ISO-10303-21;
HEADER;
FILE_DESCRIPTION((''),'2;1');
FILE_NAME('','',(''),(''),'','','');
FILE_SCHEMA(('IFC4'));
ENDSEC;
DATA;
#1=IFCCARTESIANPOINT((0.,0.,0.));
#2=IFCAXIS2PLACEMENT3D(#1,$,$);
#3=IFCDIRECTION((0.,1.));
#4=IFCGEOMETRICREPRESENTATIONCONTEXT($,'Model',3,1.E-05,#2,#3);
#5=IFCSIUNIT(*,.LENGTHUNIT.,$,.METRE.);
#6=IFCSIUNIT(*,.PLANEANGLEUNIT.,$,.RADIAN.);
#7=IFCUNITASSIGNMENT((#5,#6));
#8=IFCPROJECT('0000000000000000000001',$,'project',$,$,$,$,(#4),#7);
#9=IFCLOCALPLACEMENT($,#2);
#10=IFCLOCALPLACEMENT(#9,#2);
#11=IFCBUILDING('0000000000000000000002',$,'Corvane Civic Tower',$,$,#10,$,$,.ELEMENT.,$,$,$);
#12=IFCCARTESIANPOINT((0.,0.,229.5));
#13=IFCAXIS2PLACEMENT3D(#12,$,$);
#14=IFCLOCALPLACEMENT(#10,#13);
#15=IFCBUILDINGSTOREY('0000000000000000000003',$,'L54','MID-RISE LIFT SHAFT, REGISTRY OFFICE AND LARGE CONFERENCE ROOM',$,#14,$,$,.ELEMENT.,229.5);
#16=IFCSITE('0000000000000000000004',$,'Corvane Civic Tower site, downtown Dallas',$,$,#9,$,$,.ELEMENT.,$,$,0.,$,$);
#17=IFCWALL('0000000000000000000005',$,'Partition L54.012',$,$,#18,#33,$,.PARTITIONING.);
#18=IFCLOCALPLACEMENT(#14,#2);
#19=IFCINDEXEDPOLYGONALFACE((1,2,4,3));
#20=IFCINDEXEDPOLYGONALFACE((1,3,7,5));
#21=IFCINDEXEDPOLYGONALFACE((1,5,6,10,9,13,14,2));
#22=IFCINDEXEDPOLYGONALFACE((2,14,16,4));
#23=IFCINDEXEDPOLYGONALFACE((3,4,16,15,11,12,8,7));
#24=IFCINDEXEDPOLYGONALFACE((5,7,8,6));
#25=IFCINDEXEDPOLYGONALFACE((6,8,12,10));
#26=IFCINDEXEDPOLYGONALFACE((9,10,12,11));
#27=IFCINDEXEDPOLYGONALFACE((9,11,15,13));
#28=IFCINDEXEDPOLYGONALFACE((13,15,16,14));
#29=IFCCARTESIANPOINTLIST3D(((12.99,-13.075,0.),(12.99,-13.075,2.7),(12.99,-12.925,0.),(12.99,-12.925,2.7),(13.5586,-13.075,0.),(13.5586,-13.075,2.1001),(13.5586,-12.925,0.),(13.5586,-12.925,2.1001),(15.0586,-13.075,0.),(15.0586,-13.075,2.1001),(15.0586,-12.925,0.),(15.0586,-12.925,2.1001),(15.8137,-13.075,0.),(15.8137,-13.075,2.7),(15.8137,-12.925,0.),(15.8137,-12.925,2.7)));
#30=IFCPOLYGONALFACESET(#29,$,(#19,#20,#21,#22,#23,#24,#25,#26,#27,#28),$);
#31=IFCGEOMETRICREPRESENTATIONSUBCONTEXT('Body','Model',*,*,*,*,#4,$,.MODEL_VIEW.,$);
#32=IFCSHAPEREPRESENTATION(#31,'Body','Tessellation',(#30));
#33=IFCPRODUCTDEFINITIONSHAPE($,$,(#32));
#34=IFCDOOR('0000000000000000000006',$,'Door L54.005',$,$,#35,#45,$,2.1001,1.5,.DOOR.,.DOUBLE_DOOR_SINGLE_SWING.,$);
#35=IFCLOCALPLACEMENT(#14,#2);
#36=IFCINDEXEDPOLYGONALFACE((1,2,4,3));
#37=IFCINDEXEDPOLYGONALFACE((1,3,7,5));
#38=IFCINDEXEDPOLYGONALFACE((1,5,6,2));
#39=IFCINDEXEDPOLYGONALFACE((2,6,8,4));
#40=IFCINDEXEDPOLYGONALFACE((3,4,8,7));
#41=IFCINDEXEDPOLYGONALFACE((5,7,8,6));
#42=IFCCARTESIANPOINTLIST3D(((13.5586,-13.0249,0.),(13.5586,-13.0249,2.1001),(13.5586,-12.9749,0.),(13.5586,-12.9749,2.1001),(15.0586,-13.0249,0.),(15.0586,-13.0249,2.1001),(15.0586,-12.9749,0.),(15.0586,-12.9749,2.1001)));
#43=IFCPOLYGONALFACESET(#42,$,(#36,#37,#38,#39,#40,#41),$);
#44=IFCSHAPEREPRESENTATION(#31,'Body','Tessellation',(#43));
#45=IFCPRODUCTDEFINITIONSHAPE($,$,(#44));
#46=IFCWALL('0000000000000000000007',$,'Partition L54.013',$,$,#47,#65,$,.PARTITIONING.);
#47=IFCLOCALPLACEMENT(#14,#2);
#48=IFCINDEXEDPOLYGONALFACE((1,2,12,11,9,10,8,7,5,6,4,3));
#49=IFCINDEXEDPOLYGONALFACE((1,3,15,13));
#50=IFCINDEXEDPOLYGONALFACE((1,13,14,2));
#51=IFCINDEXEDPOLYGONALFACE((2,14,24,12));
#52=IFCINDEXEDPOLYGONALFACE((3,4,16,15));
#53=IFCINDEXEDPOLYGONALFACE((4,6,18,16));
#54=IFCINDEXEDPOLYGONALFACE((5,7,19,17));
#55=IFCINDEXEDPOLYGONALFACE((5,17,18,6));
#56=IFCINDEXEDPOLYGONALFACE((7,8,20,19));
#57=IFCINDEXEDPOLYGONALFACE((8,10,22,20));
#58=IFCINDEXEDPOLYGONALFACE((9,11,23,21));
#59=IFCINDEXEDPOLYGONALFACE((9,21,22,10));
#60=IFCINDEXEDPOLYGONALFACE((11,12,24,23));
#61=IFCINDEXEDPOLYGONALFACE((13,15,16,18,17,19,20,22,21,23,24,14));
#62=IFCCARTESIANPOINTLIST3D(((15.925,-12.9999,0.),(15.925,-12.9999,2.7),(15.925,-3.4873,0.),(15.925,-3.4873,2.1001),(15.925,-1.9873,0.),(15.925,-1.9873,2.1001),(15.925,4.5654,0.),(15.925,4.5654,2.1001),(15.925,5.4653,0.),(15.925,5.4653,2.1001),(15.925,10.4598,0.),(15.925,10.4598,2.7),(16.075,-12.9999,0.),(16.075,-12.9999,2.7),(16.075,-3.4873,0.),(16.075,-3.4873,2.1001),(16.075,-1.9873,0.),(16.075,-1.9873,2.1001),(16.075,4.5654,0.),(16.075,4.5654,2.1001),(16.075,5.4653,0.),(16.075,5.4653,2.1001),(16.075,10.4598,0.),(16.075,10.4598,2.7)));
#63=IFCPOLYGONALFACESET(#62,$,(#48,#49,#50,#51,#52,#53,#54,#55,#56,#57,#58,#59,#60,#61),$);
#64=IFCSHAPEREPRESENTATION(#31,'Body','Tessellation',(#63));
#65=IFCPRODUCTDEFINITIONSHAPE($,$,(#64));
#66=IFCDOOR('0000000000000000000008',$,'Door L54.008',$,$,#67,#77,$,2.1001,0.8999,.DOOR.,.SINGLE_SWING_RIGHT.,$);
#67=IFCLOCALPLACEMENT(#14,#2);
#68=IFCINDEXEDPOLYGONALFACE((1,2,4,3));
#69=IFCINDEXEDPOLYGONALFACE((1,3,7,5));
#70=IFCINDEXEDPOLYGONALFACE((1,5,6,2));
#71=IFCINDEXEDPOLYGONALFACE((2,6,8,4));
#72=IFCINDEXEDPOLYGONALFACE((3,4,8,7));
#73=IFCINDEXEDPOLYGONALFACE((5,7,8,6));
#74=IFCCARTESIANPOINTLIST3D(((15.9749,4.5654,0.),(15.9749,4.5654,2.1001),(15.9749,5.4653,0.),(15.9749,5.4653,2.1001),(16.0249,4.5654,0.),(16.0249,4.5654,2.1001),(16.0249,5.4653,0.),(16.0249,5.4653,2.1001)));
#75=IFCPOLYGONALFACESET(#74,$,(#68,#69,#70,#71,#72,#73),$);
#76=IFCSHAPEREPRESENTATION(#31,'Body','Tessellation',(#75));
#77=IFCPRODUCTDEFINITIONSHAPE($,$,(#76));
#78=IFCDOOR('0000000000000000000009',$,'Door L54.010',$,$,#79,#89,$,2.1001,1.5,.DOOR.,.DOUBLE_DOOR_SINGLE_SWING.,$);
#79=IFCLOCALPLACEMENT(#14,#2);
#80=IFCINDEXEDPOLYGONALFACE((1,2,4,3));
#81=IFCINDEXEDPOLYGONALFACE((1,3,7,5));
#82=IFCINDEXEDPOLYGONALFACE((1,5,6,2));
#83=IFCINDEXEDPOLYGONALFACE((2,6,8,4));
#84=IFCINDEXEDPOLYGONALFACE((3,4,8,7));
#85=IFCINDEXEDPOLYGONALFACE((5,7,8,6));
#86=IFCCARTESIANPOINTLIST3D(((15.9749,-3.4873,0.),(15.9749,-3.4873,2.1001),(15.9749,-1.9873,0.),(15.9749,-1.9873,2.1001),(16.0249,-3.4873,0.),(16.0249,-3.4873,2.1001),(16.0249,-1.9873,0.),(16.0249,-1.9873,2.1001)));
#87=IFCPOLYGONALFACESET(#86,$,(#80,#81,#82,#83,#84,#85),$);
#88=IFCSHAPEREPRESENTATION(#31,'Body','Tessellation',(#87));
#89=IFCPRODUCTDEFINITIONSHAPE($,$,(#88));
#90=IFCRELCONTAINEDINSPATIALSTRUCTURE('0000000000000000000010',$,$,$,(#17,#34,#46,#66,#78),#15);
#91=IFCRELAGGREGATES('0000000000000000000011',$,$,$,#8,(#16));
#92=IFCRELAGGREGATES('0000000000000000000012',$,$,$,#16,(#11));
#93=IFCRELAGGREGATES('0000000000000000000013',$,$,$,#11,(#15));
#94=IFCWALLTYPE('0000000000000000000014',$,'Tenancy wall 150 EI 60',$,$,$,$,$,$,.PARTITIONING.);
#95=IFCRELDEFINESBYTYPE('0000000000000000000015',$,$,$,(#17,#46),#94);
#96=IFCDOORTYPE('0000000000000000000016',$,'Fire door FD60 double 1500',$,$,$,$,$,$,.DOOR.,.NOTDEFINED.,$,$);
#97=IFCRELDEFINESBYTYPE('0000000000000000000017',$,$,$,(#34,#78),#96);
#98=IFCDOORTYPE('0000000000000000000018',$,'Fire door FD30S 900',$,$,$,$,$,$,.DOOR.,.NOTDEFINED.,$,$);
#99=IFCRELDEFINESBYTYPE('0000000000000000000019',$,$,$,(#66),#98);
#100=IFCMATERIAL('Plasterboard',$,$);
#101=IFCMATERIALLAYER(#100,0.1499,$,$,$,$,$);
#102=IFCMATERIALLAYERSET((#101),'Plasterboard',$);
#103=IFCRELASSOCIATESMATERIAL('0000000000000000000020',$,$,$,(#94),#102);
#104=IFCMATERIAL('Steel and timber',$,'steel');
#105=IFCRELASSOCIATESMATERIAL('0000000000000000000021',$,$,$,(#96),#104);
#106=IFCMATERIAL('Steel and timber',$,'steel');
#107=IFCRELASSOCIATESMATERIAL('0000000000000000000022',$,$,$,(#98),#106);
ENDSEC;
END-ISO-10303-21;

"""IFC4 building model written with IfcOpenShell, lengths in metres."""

from ifc_helpers import new_model, si_unit, direction, frame, frame_2d, origin, place, context, subcontext, project, spatial, rectangle, extrude, material, layer, layer_set, type_object, element, fill, save


model = new_model("IFC4")

# Units and contexts
model_context = context("Model", 3, precision=1e-05, world=origin(), true_north=direction((0.0, 1.0)))
body_context = subcontext(model_context, "Body", "Model", "MODEL_VIEW")
ifc_project = project(units=[si_unit("LENGTHUNIT", "METRE"), si_unit("PLANEANGLEUNIT", "RADIAN")], contexts=[model_context])

# Site, building, storey
site_placement = place(None, origin())
site = spatial("IfcSite", under=ifc_project, at=site_placement, Name="Corvane Civic Tower site, downtown Dallas", CompositionType="ELEMENT", RefElevation=0.0)
building_placement = place(site_placement, origin())
building = spatial("IfcBuilding", under=site, at=building_placement, Name="Corvane Civic Tower", CompositionType="ELEMENT")
storey_placement = place(building_placement, frame((0.0, 0.0, 229.5)))
storey = spatial("IfcBuildingStorey", under=building, at=storey_placement, Name="L54", Description="MID-RISE LIFT SHAFT, REGISTRY OFFICE AND LARGE CONFERENCE ROOM", CompositionType="ELEMENT", Elevation=229.5)

# Wall, opening, door
ifc_material_1 = material(Name="Plasterboard")
ifc_layer_1 = layer(ifc_material_1, 0.1499)
ifc_layer_set_1 = layer_set([ifc_layer_1], Name="Plasterboard")
wall_type_1 = type_object("IfcWallType", Name="Tenancy wall 150 EI 60", PredefinedType="PARTITIONING", material=ifc_layer_set_1)
wall_1_placement = place(storey_placement, frame((12.99, -13.0, 0.0), z_axis=(0.0, 0.0, 1.0), x_axis=(1.0, 0.0, 0.0)))
wall_1 = element("IfcWall", 1, at=wall_1_placement, inside=storey, type_object=wall_type_1, Name="Partition L54.012", PredefinedType="PARTITIONING", context=body_context, shape_type="SweptSolid", body=[
    extrude(rectangle(XDim=2.8237, YDim=0.1499, at=frame_2d((1.4119, 0.0))), origin(), (0.0, 0.0, 1.0), 2.7),
])
opening_1_placement = place(wall_1_placement, frame((0.5686, 0.0, 0.0)))
opening_1 = element("IfcOpeningElement", 2, at=opening_1_placement, cuts=wall_1, PredefinedType="OPENING", context=body_context, shape_type="SweptSolid", body=[
    extrude(rectangle(XDim=1.5, YDim=2.1001, at=frame_2d((0.75, 1.05))), frame((0.0, 0.085, 0.0), z_axis=(0.0, -1.0, 0.0), x_axis=(1.0, 0.0, 0.0)), (0.0, 0.0, 1.0), 0.1699),
])
ifc_material_2 = material(Name="Steel and timber", Category="steel")
door_type_1 = type_object("IfcDoorType", Name="Fire door FD60 double 1500", OperationType="NOTDEFINED", PredefinedType="DOOR", material=ifc_material_2)
door_1_placement = place(opening_1_placement, frame((1.5, 0.0, 0.0), z_axis=(0.0, 0.0, 1.0), x_axis=(-1.0, 0.0, 0.0)))
door_1 = element("IfcDoor", 3, at=door_1_placement, inside=storey, type_object=door_type_1, Name="Door L54.005", OperationType="DOUBLE_DOOR_SINGLE_SWING", OverallHeight=2.1001, OverallWidth=1.5, PredefinedType="DOOR", context=body_context, shape_type="SweptSolid", body=[
    extrude(rectangle(XDim=1.5, YDim=2.1001, at=frame_2d((0.75, 1.05))), frame((0.0, 0.0249, 0.0), z_axis=(0.0, -1.0, 0.0), x_axis=(1.0, 0.0, 0.0)), (0.0, 0.0, 1.0), 0.05),
])
fill(opening_1, door_1)

# Wall, openings, doors
wall_2_placement = place(storey_placement, frame((16.0, -13.0, 0.0), z_axis=(0.0, 0.0, 1.0), x_axis=(0.0, 1.0, 0.0)))
wall_2 = element("IfcWall", 4, at=wall_2_placement, inside=storey, type_object=wall_type_1, Name="Partition L54.013", PredefinedType="PARTITIONING", context=body_context, shape_type="SweptSolid", body=[
    extrude(rectangle(XDim=23.4597, YDim=0.1499, at=frame_2d((11.73, 0.0))), origin(), (0.0, 0.0, 1.0), 2.7),
])
opening_2_placement = place(wall_2_placement, frame((17.5654, 0.0, 0.0)))
opening_2 = element("IfcOpeningElement", 5, at=opening_2_placement, cuts=wall_2, PredefinedType="OPENING", context=body_context, shape_type="SweptSolid", body=[
    extrude(rectangle(XDim=0.8999, YDim=2.1001, at=frame_2d((0.45, 1.05))), frame((0.0, 0.085, 0.0), z_axis=(0.0, -1.0, 0.0), x_axis=(1.0, 0.0, 0.0)), (0.0, 0.0, 1.0), 0.1699),
])
opening_3_placement = place(wall_2_placement, frame((9.5127, 0.0, 0.0)))
opening_3 = element("IfcOpeningElement", 6, at=opening_3_placement, cuts=wall_2, PredefinedType="OPENING", context=body_context, shape_type="SweptSolid", body=[
    extrude(rectangle(XDim=1.5, YDim=2.1001, at=frame_2d((0.75, 1.05))), frame((0.0, 0.085, 0.0), z_axis=(0.0, -1.0, 0.0), x_axis=(1.0, 0.0, 0.0)), (0.0, 0.0, 1.0), 0.1699),
])
ifc_material_3 = material(Name="Steel and timber", Category="steel")
door_type_2 = type_object("IfcDoorType", Name="Fire door FD30S 900", OperationType="NOTDEFINED", PredefinedType="DOOR", material=ifc_material_3)
door_2_placement = place(opening_2_placement, frame((0.8999, 0.0, 0.0), z_axis=(0.0, 0.0, 1.0), x_axis=(-1.0, 0.0, 0.0)))
door_2 = element("IfcDoor", 7, at=door_2_placement, inside=storey, type_object=door_type_2, Name="Door L54.008", OperationType="SINGLE_SWING_RIGHT", OverallHeight=2.1001, OverallWidth=0.8999, PredefinedType="DOOR", context=body_context, shape_type="SweptSolid", body=[
    extrude(rectangle(XDim=0.8999, YDim=2.1001, at=frame_2d((0.45, 1.05))), frame((0.0, 0.0249, 0.0), z_axis=(0.0, -1.0, 0.0), x_axis=(1.0, 0.0, 0.0)), (0.0, 0.0, 1.0), 0.05),
])
fill(opening_2, door_2)
door_3_placement = place(opening_3_placement, frame((1.5, 0.0, 0.0), z_axis=(0.0, 0.0, 1.0), x_axis=(-1.0, 0.0, 0.0)))
door_3 = element("IfcDoor", 8, at=door_3_placement, inside=storey, type_object=door_type_1, Name="Door L54.010", OperationType="DOUBLE_DOOR_SINGLE_SWING", OverallHeight=2.1001, OverallWidth=1.5, PredefinedType="DOOR", context=body_context, shape_type="SweptSolid", body=[
    extrude(rectangle(XDim=1.5, YDim=2.1001, at=frame_2d((0.75, 1.05))), frame((0.0, 0.0249, 0.0), z_axis=(0.0, -1.0, 0.0), x_axis=(1.0, 0.0, 0.0)), (0.0, 0.0, 1.0), 0.05),
])
fill(opening_3, door_3)

save(model, "model.ifc")
